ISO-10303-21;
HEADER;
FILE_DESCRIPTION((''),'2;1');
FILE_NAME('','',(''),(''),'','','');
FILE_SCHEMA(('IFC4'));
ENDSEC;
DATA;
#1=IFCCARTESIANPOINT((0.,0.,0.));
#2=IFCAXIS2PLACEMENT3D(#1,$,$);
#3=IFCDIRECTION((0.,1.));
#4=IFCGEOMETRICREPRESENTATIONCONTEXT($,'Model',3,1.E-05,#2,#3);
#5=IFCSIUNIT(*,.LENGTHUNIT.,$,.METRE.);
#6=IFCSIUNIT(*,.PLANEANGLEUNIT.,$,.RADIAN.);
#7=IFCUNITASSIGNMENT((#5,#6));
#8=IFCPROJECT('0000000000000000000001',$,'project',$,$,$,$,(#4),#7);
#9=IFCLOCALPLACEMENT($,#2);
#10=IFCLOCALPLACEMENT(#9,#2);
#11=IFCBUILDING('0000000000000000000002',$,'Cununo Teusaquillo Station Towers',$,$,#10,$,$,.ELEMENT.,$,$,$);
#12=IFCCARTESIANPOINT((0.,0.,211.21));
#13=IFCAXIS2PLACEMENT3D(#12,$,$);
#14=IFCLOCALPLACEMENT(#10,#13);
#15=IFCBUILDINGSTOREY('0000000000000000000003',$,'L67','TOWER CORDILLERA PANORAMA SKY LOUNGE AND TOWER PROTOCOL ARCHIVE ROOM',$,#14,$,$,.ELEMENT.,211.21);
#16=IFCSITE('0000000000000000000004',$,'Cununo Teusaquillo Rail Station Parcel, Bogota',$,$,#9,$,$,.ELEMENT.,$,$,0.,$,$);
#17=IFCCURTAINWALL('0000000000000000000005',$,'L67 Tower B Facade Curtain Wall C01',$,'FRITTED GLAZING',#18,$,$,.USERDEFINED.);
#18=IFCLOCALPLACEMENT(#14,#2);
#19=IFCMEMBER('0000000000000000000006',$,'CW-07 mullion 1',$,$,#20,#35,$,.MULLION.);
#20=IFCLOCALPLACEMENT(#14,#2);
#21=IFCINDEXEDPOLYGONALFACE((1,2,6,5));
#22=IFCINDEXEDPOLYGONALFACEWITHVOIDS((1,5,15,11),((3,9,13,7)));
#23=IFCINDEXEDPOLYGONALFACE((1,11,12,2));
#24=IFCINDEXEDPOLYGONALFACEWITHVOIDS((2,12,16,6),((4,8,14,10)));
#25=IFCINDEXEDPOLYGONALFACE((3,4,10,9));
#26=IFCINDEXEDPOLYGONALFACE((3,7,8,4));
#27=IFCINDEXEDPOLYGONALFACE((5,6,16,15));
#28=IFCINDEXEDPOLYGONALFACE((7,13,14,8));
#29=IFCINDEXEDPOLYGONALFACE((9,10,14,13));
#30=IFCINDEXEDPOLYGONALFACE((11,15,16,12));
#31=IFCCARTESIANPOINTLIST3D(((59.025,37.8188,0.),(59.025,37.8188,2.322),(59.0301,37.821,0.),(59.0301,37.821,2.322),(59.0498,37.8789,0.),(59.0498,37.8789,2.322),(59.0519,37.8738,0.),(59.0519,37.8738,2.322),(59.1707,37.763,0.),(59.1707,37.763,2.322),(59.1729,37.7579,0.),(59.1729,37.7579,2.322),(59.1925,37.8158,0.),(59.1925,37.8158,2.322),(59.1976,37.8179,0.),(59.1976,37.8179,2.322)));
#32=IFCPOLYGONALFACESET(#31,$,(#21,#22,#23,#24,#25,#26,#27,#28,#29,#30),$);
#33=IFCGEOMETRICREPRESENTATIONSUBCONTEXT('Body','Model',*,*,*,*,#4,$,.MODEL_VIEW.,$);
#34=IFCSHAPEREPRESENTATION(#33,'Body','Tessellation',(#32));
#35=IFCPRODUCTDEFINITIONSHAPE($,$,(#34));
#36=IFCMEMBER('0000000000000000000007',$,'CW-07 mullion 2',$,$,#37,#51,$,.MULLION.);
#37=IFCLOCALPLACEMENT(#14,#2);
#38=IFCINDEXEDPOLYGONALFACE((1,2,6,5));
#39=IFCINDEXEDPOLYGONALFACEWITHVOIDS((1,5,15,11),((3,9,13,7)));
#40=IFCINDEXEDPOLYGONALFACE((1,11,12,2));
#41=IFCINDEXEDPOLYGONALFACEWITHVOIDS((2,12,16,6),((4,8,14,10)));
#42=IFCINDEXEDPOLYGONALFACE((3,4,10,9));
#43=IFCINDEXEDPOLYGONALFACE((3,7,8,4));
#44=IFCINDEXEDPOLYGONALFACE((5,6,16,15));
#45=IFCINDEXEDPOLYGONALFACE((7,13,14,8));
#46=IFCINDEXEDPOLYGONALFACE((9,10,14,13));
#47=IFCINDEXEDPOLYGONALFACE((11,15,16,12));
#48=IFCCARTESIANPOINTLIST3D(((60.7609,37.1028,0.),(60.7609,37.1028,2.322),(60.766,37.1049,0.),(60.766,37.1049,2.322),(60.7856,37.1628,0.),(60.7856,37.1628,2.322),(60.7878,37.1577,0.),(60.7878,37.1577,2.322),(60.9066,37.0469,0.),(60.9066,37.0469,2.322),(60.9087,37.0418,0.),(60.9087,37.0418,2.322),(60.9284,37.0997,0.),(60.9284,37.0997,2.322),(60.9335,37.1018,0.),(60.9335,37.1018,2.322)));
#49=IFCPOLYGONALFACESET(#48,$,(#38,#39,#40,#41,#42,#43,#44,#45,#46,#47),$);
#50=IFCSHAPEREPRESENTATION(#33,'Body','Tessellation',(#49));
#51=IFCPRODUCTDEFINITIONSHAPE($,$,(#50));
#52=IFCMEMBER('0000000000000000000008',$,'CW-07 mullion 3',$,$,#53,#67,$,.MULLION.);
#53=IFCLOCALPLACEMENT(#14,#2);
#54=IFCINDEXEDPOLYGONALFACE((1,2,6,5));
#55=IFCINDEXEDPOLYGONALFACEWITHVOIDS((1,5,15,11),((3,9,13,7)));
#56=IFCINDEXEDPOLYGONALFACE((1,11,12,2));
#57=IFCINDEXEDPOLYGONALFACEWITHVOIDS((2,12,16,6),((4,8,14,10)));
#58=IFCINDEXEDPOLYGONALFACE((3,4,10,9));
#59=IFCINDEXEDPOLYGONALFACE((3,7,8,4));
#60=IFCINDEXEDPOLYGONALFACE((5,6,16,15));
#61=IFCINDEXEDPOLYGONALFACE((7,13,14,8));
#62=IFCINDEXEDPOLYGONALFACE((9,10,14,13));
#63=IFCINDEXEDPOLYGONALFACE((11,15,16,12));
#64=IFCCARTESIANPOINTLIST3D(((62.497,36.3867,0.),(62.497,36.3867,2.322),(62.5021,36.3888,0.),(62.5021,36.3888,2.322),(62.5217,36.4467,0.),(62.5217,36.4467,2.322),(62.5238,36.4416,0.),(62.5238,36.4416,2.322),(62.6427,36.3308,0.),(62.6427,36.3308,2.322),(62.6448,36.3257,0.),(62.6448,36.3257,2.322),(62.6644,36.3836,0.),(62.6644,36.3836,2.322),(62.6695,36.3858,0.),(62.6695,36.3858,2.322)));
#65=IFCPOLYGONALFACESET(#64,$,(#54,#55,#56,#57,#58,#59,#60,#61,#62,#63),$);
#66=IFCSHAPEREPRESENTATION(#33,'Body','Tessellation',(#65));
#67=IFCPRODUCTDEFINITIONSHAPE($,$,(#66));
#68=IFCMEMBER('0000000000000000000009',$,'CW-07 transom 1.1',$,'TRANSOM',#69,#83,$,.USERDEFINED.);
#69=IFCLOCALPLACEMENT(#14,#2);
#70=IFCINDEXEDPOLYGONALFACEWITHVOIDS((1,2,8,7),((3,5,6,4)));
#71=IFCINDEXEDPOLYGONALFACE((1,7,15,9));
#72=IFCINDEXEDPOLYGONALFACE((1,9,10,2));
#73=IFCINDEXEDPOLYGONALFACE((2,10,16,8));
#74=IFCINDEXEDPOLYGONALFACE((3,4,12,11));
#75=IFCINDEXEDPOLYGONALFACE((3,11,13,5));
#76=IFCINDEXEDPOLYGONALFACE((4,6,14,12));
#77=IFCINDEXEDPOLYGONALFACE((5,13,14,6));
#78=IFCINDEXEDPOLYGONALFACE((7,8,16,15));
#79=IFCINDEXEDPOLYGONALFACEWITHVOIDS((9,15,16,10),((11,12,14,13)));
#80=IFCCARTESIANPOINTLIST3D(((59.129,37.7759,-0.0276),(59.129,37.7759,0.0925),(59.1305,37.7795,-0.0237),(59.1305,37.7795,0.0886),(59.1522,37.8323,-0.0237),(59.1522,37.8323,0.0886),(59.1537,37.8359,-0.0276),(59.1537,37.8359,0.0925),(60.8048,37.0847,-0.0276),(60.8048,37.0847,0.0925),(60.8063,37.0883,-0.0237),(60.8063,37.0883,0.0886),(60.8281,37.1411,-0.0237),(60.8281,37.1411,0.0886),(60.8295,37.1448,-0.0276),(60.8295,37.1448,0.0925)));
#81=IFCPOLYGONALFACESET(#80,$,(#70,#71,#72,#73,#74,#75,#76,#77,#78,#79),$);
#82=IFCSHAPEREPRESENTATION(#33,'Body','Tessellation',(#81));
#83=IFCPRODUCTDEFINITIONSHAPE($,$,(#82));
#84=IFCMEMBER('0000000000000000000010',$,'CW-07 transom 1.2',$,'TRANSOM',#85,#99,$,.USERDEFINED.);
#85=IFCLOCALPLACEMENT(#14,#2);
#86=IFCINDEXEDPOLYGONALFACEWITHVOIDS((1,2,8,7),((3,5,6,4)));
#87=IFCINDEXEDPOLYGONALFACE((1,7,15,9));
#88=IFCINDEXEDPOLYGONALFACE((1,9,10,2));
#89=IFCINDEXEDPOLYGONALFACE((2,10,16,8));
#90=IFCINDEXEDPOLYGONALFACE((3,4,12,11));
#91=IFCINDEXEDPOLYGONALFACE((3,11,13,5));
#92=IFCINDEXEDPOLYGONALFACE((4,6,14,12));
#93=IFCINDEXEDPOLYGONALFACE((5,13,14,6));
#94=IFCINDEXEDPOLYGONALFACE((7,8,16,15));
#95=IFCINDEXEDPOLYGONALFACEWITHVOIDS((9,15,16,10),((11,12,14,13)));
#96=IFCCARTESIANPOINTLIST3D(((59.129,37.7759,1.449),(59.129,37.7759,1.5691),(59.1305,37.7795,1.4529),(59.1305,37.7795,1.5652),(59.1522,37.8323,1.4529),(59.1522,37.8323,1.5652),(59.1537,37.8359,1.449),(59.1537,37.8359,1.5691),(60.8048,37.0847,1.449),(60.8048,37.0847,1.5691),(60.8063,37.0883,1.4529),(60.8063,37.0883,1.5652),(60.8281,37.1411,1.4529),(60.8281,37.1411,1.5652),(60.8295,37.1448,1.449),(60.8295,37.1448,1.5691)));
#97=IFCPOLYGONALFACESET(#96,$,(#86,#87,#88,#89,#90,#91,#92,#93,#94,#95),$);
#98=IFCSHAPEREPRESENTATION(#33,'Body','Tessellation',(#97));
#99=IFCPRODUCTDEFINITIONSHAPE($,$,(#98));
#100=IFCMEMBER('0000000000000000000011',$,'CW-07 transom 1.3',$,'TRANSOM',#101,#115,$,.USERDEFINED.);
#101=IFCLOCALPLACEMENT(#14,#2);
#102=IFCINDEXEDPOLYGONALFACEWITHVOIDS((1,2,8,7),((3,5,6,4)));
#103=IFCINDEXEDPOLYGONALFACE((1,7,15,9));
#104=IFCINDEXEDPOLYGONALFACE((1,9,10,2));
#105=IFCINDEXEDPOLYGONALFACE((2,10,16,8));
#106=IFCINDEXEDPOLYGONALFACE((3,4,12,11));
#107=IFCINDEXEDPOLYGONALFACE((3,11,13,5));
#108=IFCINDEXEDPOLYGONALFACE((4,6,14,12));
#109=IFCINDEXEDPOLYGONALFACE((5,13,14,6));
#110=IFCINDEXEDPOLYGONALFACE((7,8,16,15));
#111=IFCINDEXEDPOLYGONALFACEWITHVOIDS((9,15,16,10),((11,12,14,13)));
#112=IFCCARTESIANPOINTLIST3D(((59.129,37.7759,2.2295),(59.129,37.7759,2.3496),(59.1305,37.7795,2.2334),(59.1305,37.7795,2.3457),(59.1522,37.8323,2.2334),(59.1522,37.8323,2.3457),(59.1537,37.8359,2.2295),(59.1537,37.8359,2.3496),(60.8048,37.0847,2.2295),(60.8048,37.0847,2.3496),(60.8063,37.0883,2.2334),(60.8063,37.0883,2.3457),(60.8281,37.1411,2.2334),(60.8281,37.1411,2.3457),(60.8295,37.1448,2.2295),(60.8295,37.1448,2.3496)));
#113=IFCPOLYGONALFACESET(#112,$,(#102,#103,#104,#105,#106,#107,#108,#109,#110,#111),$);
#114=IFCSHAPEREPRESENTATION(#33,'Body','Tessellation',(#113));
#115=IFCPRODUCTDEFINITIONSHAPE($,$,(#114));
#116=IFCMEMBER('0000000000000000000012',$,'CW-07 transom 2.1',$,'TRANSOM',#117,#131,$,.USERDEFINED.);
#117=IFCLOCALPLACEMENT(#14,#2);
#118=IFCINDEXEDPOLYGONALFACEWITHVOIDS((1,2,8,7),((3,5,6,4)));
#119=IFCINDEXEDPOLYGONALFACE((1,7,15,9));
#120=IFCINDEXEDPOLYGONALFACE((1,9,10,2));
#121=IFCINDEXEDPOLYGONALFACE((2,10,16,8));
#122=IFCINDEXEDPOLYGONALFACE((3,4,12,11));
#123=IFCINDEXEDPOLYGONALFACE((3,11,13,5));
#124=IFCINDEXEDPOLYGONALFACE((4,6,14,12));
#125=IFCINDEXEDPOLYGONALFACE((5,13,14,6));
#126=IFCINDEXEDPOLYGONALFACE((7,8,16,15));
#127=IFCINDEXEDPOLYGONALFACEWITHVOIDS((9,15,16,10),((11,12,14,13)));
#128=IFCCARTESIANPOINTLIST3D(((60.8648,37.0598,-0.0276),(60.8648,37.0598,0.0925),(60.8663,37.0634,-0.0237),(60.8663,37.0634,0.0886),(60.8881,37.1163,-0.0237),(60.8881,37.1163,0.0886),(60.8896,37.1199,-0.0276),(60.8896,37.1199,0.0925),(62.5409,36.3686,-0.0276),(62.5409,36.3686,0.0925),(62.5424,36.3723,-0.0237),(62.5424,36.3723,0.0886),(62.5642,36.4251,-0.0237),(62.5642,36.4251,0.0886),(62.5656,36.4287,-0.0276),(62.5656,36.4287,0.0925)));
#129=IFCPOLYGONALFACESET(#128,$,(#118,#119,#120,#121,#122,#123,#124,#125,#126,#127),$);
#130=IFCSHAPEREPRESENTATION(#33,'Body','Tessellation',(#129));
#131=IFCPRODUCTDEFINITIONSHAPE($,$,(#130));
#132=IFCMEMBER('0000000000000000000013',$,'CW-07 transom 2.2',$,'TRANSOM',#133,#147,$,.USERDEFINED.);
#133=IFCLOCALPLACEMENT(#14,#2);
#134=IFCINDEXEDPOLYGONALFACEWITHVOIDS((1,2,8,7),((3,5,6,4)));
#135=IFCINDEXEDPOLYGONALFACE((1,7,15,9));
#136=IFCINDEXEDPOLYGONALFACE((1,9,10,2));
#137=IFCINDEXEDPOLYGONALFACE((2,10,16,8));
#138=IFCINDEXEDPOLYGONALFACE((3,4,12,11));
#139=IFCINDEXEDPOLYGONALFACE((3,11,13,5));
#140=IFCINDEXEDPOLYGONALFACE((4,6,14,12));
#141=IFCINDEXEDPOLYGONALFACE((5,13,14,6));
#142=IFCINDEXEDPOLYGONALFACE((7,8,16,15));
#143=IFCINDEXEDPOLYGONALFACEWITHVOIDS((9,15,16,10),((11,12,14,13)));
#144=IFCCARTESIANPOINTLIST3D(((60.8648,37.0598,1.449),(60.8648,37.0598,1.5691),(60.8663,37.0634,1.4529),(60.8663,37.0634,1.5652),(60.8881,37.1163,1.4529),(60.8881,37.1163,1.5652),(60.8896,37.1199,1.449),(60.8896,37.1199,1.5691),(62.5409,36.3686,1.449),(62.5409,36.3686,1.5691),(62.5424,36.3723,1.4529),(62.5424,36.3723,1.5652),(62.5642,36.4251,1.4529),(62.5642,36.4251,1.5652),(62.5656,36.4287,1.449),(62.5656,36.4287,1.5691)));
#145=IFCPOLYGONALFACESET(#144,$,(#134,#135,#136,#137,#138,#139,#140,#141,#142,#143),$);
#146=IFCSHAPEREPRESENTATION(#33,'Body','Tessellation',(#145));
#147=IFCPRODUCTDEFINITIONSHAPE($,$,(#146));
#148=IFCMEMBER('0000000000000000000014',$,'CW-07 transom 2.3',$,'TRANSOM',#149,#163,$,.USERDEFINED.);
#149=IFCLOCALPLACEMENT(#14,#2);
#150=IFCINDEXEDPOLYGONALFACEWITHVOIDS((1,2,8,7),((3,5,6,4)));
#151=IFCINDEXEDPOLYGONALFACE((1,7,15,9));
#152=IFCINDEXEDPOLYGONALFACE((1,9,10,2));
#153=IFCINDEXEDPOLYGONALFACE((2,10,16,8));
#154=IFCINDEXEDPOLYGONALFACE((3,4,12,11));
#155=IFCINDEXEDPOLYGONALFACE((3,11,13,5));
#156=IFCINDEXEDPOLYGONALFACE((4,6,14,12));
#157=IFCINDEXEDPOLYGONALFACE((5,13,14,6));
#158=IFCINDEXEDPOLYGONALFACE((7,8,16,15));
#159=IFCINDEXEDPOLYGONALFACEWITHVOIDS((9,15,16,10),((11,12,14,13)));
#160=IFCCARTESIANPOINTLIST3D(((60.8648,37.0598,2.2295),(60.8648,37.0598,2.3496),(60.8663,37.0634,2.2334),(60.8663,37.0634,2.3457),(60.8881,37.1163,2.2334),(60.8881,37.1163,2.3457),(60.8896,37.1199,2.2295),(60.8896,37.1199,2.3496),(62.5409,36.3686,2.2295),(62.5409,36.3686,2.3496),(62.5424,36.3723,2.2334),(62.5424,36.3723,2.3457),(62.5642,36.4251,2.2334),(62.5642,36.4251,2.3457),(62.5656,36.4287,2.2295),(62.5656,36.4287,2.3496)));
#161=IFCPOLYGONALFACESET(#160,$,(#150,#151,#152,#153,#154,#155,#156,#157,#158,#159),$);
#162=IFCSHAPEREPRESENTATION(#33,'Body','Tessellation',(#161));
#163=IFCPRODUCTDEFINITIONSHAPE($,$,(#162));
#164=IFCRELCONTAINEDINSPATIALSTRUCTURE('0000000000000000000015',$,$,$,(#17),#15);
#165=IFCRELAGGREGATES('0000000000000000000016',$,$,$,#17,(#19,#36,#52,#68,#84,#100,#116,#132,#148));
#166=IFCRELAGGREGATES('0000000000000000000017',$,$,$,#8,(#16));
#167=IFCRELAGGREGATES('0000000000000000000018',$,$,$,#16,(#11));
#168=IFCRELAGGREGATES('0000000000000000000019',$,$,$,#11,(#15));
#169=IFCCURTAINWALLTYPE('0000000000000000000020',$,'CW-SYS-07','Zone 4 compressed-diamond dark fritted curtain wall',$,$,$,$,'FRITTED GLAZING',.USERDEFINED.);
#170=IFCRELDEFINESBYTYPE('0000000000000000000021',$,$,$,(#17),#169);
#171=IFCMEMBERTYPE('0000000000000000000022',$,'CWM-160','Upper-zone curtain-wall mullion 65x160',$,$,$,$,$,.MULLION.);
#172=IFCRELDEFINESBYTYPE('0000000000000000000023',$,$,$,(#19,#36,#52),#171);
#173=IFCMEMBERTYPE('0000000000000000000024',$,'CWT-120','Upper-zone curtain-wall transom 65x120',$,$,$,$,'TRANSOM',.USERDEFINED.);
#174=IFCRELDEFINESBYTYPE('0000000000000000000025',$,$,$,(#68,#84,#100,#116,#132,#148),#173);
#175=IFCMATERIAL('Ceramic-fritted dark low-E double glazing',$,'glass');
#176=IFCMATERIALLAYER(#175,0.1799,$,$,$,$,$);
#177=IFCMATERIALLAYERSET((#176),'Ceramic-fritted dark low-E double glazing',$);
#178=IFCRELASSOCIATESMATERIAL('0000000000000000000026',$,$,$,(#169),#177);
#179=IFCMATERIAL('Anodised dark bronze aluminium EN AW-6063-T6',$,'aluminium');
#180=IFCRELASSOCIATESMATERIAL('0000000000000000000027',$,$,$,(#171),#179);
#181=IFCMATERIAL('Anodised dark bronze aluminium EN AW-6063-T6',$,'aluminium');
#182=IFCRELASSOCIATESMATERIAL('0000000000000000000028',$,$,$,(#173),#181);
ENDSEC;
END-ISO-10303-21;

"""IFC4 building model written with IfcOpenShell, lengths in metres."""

from ifc_helpers import new_model, si_unit, direction, frame, origin, origin_2d, place, context, subcontext, project, spatial, hollow_rectangle, extrude, material, layer, layer_set, material_profile, profile_set, type_object, element, aggregate, save


model = new_model("IFC4")

# Units and contexts
model_context = context("Model", 3, precision=1e-05, world=origin(), true_north=direction((0.0, 1.0)))
body_context = subcontext(model_context, "Body", "Model", "MODEL_VIEW")
ifc_project = project(units=[si_unit("LENGTHUNIT", "METRE"), si_unit("PLANEANGLEUNIT", "RADIAN")], contexts=[model_context])

# Site, building, storey
site_placement = place(None, origin())
site = spatial("IfcSite", under=ifc_project, at=site_placement, Name="Cununo Teusaquillo Rail Station Parcel, Bogota", CompositionType="ELEMENT", RefElevation=0.0)
building_placement = place(site_placement, origin())
building = spatial("IfcBuilding", under=site, at=building_placement, Name="Cununo Teusaquillo Station Towers", CompositionType="ELEMENT")
storey_placement = place(building_placement, frame((0.0, 0.0, 211.21)))
storey = spatial("IfcBuildingStorey", under=building, at=storey_placement, Name="L67", Description="TOWER CORDILLERA PANORAMA SKY LOUNGE AND TOWER PROTOCOL ARCHIVE ROOM", CompositionType="ELEMENT", Elevation=211.21)

# Curtain wall, members
ifc_material_1 = material(Name="Ceramic-fritted dark low-E double glazing", Category="glass")
ifc_layer_1 = layer(ifc_material_1, 0.1799)
ifc_layer_set_1 = layer_set([ifc_layer_1], Name="Ceramic-fritted dark low-E double glazing")
curtain_wall_type = type_object("IfcCurtainWallType", Name="CW-SYS-07", Description="Zone 4 compressed-diamond dark fritted curtain wall", ElementType="FRITTED GLAZING", PredefinedType="USERDEFINED", material=ifc_layer_set_1)
curtain_wall_placement = place(storey_placement, origin())
curtain_wall = element("IfcCurtainWall", 1, at=curtain_wall_placement, inside=storey, type_object=curtain_wall_type, Name="L67 Tower B Facade Curtain Wall C01", ObjectType="FRITTED GLAZING", PredefinedType="USERDEFINED")
ifc_material_2 = material(Name="Anodised dark bronze aluminium EN AW-6063-T6", Category="aluminium")
ifc_material_profile_1 = material_profile(ifc_material_2, hollow_rectangle(XDim=0.0649, YDim=0.1599, WallThickness=0.0039, at=origin_2d()), Name="CW-MULL-65x160")
ifc_profile_set_1 = profile_set([ifc_material_profile_1], Name="Anodised dark bronze aluminium EN AW-6063-T6")
member_type_1 = type_object("IfcMemberType", Name="CWM-160", Description="Upper-zone curtain-wall mullion 65x160", PredefinedType="MULLION", material=ifc_profile_set_1)
member_1_placement = place(storey_placement, frame((59.1113, 37.8184, 0.0), z_axis=(0.0, 0.0, 1.0), x_axis=(0.381311, 0.924447, 0.0)))
member_1 = element("IfcMember", 2, at=member_1_placement, type_object=member_type_1, Name="CW-07 mullion 1", PredefinedType="MULLION", context=body_context, shape_type="SweptSolid", body=[
    extrude(hollow_rectangle(XDim=0.0649, YDim=0.1599, WallThickness=0.0039, at=origin_2d()), origin(), (0.0, 0.0, 1.0), 2.322),
])
member_2_placement = place(storey_placement, frame((60.8472, 37.1023, 0.0), z_axis=(0.0, 0.0, 1.0), x_axis=(0.381311, 0.924447, 0.0)))
member_2 = element("IfcMember", 3, at=member_2_placement, type_object=member_type_1, Name="CW-07 mullion 2", PredefinedType="MULLION", context=body_context, shape_type="SweptSolid", body=[
    extrude(hollow_rectangle(XDim=0.0649, YDim=0.1599, WallThickness=0.0039, at=origin_2d()), origin(), (0.0, 0.0, 1.0), 2.322),
])
member_3_placement = place(storey_placement, frame((62.5833, 36.3862, 0.0), z_axis=(0.0, 0.0, 1.0), x_axis=(0.381311, 0.924447, 0.0)))
member_3 = element("IfcMember", 4, at=member_3_placement, type_object=member_type_1, Name="CW-07 mullion 3", PredefinedType="MULLION", context=body_context, shape_type="SweptSolid", body=[
    extrude(hollow_rectangle(XDim=0.0649, YDim=0.1599, WallThickness=0.0039, at=origin_2d()), origin(), (0.0, 0.0, 1.0), 2.322),
])
ifc_material_3 = material(Name="Anodised dark bronze aluminium EN AW-6063-T6", Category="aluminium")
ifc_material_profile_2 = material_profile(ifc_material_3, hollow_rectangle(XDim=0.0649, YDim=0.1201, WallThickness=0.0039, at=origin_2d()), Name="CW-TRAN-65x120")
ifc_profile_set_2 = profile_set([ifc_material_profile_2], Name="Anodised dark bronze aluminium EN AW-6063-T6")
member_type_2 = type_object("IfcMemberType", Name="CWT-120", Description="Upper-zone curtain-wall transom 65x120", ElementType="TRANSOM", PredefinedType="USERDEFINED", material=ifc_profile_set_2)
member_4_placement = place(storey_placement, frame((59.1414, 37.8059, 0.0325), z_axis=(0.924458, -0.381285, 0.0), x_axis=(0.381285, 0.924458, 0.0)))
member_4 = element("IfcMember", 5, at=member_4_placement, type_object=member_type_2, Name="CW-07 transom 1.1", ObjectType="TRANSOM", PredefinedType="USERDEFINED", context=body_context, shape_type="SweptSolid", body=[
    extrude(hollow_rectangle(XDim=0.0649, YDim=0.1201, WallThickness=0.0039, at=origin_2d()), origin(), (0.0, 0.0, 1.0), 1.8127),
])
member_5_placement = place(storey_placement, frame((59.1414, 37.8059, 1.509), z_axis=(0.924458, -0.381285, 0.0), x_axis=(0.381285, 0.924458, 0.0)))
member_5 = element("IfcMember", 6, at=member_5_placement, type_object=member_type_2, Name="CW-07 transom 1.2", ObjectType="TRANSOM", PredefinedType="USERDEFINED", context=body_context, shape_type="SweptSolid", body=[
    extrude(hollow_rectangle(XDim=0.0649, YDim=0.1201, WallThickness=0.0039, at=origin_2d()), origin(), (0.0, 0.0, 1.0), 1.8127),
])
member_6_placement = place(storey_placement, frame((59.1414, 37.8059, 2.2896), z_axis=(0.924458, -0.381285, 0.0), x_axis=(0.381285, 0.924458, 0.0)))
member_6 = element("IfcMember", 7, at=member_6_placement, type_object=member_type_2, Name="CW-07 transom 1.3", ObjectType="TRANSOM", PredefinedType="USERDEFINED", context=body_context, shape_type="SweptSolid", body=[
    extrude(hollow_rectangle(XDim=0.0649, YDim=0.1201, WallThickness=0.0039, at=origin_2d()), origin(), (0.0, 0.0, 1.0), 1.8127),
])
member_7_placement = place(storey_placement, frame((60.8772, 37.0898, 0.0325), z_axis=(0.924477, -0.381237, 0.0), x_axis=(0.381237, 0.924477, 0.0)))
member_7 = element("IfcMember", 8, at=member_7_placement, type_object=member_type_2, Name="CW-07 transom 2.1", ObjectType="TRANSOM", PredefinedType="USERDEFINED", context=body_context, shape_type="SweptSolid", body=[
    extrude(hollow_rectangle(XDim=0.0649, YDim=0.1201, WallThickness=0.0039, at=origin_2d()), origin(), (0.0, 0.0, 1.0), 1.813),
])
member_8_placement = place(storey_placement, frame((60.8772, 37.0898, 1.509), z_axis=(0.924477, -0.381237, 0.0), x_axis=(0.381237, 0.924477, 0.0)))
member_8 = element("IfcMember", 9, at=member_8_placement, type_object=member_type_2, Name="CW-07 transom 2.2", ObjectType="TRANSOM", PredefinedType="USERDEFINED", context=body_context, shape_type="SweptSolid", body=[
    extrude(hollow_rectangle(XDim=0.0649, YDim=0.1201, WallThickness=0.0039, at=origin_2d()), origin(), (0.0, 0.0, 1.0), 1.813),
])
member_9_placement = place(storey_placement, frame((60.8772, 37.0898, 2.2896), z_axis=(0.924477, -0.381237, 0.0), x_axis=(0.381237, 0.924477, 0.0)))
member_9 = element("IfcMember", 10, at=member_9_placement, type_object=member_type_2, Name="CW-07 transom 2.3", ObjectType="TRANSOM", PredefinedType="USERDEFINED", context=body_context, shape_type="SweptSolid", body=[
    extrude(hollow_rectangle(XDim=0.0649, YDim=0.1201, WallThickness=0.0039, at=origin_2d()), origin(), (0.0, 0.0, 1.0), 1.813),
])

aggregate(curtain_wall, [member_1, member_2, member_3, member_4, member_5, member_6, member_7, member_8, member_9])

save(model, "model.ifc")
